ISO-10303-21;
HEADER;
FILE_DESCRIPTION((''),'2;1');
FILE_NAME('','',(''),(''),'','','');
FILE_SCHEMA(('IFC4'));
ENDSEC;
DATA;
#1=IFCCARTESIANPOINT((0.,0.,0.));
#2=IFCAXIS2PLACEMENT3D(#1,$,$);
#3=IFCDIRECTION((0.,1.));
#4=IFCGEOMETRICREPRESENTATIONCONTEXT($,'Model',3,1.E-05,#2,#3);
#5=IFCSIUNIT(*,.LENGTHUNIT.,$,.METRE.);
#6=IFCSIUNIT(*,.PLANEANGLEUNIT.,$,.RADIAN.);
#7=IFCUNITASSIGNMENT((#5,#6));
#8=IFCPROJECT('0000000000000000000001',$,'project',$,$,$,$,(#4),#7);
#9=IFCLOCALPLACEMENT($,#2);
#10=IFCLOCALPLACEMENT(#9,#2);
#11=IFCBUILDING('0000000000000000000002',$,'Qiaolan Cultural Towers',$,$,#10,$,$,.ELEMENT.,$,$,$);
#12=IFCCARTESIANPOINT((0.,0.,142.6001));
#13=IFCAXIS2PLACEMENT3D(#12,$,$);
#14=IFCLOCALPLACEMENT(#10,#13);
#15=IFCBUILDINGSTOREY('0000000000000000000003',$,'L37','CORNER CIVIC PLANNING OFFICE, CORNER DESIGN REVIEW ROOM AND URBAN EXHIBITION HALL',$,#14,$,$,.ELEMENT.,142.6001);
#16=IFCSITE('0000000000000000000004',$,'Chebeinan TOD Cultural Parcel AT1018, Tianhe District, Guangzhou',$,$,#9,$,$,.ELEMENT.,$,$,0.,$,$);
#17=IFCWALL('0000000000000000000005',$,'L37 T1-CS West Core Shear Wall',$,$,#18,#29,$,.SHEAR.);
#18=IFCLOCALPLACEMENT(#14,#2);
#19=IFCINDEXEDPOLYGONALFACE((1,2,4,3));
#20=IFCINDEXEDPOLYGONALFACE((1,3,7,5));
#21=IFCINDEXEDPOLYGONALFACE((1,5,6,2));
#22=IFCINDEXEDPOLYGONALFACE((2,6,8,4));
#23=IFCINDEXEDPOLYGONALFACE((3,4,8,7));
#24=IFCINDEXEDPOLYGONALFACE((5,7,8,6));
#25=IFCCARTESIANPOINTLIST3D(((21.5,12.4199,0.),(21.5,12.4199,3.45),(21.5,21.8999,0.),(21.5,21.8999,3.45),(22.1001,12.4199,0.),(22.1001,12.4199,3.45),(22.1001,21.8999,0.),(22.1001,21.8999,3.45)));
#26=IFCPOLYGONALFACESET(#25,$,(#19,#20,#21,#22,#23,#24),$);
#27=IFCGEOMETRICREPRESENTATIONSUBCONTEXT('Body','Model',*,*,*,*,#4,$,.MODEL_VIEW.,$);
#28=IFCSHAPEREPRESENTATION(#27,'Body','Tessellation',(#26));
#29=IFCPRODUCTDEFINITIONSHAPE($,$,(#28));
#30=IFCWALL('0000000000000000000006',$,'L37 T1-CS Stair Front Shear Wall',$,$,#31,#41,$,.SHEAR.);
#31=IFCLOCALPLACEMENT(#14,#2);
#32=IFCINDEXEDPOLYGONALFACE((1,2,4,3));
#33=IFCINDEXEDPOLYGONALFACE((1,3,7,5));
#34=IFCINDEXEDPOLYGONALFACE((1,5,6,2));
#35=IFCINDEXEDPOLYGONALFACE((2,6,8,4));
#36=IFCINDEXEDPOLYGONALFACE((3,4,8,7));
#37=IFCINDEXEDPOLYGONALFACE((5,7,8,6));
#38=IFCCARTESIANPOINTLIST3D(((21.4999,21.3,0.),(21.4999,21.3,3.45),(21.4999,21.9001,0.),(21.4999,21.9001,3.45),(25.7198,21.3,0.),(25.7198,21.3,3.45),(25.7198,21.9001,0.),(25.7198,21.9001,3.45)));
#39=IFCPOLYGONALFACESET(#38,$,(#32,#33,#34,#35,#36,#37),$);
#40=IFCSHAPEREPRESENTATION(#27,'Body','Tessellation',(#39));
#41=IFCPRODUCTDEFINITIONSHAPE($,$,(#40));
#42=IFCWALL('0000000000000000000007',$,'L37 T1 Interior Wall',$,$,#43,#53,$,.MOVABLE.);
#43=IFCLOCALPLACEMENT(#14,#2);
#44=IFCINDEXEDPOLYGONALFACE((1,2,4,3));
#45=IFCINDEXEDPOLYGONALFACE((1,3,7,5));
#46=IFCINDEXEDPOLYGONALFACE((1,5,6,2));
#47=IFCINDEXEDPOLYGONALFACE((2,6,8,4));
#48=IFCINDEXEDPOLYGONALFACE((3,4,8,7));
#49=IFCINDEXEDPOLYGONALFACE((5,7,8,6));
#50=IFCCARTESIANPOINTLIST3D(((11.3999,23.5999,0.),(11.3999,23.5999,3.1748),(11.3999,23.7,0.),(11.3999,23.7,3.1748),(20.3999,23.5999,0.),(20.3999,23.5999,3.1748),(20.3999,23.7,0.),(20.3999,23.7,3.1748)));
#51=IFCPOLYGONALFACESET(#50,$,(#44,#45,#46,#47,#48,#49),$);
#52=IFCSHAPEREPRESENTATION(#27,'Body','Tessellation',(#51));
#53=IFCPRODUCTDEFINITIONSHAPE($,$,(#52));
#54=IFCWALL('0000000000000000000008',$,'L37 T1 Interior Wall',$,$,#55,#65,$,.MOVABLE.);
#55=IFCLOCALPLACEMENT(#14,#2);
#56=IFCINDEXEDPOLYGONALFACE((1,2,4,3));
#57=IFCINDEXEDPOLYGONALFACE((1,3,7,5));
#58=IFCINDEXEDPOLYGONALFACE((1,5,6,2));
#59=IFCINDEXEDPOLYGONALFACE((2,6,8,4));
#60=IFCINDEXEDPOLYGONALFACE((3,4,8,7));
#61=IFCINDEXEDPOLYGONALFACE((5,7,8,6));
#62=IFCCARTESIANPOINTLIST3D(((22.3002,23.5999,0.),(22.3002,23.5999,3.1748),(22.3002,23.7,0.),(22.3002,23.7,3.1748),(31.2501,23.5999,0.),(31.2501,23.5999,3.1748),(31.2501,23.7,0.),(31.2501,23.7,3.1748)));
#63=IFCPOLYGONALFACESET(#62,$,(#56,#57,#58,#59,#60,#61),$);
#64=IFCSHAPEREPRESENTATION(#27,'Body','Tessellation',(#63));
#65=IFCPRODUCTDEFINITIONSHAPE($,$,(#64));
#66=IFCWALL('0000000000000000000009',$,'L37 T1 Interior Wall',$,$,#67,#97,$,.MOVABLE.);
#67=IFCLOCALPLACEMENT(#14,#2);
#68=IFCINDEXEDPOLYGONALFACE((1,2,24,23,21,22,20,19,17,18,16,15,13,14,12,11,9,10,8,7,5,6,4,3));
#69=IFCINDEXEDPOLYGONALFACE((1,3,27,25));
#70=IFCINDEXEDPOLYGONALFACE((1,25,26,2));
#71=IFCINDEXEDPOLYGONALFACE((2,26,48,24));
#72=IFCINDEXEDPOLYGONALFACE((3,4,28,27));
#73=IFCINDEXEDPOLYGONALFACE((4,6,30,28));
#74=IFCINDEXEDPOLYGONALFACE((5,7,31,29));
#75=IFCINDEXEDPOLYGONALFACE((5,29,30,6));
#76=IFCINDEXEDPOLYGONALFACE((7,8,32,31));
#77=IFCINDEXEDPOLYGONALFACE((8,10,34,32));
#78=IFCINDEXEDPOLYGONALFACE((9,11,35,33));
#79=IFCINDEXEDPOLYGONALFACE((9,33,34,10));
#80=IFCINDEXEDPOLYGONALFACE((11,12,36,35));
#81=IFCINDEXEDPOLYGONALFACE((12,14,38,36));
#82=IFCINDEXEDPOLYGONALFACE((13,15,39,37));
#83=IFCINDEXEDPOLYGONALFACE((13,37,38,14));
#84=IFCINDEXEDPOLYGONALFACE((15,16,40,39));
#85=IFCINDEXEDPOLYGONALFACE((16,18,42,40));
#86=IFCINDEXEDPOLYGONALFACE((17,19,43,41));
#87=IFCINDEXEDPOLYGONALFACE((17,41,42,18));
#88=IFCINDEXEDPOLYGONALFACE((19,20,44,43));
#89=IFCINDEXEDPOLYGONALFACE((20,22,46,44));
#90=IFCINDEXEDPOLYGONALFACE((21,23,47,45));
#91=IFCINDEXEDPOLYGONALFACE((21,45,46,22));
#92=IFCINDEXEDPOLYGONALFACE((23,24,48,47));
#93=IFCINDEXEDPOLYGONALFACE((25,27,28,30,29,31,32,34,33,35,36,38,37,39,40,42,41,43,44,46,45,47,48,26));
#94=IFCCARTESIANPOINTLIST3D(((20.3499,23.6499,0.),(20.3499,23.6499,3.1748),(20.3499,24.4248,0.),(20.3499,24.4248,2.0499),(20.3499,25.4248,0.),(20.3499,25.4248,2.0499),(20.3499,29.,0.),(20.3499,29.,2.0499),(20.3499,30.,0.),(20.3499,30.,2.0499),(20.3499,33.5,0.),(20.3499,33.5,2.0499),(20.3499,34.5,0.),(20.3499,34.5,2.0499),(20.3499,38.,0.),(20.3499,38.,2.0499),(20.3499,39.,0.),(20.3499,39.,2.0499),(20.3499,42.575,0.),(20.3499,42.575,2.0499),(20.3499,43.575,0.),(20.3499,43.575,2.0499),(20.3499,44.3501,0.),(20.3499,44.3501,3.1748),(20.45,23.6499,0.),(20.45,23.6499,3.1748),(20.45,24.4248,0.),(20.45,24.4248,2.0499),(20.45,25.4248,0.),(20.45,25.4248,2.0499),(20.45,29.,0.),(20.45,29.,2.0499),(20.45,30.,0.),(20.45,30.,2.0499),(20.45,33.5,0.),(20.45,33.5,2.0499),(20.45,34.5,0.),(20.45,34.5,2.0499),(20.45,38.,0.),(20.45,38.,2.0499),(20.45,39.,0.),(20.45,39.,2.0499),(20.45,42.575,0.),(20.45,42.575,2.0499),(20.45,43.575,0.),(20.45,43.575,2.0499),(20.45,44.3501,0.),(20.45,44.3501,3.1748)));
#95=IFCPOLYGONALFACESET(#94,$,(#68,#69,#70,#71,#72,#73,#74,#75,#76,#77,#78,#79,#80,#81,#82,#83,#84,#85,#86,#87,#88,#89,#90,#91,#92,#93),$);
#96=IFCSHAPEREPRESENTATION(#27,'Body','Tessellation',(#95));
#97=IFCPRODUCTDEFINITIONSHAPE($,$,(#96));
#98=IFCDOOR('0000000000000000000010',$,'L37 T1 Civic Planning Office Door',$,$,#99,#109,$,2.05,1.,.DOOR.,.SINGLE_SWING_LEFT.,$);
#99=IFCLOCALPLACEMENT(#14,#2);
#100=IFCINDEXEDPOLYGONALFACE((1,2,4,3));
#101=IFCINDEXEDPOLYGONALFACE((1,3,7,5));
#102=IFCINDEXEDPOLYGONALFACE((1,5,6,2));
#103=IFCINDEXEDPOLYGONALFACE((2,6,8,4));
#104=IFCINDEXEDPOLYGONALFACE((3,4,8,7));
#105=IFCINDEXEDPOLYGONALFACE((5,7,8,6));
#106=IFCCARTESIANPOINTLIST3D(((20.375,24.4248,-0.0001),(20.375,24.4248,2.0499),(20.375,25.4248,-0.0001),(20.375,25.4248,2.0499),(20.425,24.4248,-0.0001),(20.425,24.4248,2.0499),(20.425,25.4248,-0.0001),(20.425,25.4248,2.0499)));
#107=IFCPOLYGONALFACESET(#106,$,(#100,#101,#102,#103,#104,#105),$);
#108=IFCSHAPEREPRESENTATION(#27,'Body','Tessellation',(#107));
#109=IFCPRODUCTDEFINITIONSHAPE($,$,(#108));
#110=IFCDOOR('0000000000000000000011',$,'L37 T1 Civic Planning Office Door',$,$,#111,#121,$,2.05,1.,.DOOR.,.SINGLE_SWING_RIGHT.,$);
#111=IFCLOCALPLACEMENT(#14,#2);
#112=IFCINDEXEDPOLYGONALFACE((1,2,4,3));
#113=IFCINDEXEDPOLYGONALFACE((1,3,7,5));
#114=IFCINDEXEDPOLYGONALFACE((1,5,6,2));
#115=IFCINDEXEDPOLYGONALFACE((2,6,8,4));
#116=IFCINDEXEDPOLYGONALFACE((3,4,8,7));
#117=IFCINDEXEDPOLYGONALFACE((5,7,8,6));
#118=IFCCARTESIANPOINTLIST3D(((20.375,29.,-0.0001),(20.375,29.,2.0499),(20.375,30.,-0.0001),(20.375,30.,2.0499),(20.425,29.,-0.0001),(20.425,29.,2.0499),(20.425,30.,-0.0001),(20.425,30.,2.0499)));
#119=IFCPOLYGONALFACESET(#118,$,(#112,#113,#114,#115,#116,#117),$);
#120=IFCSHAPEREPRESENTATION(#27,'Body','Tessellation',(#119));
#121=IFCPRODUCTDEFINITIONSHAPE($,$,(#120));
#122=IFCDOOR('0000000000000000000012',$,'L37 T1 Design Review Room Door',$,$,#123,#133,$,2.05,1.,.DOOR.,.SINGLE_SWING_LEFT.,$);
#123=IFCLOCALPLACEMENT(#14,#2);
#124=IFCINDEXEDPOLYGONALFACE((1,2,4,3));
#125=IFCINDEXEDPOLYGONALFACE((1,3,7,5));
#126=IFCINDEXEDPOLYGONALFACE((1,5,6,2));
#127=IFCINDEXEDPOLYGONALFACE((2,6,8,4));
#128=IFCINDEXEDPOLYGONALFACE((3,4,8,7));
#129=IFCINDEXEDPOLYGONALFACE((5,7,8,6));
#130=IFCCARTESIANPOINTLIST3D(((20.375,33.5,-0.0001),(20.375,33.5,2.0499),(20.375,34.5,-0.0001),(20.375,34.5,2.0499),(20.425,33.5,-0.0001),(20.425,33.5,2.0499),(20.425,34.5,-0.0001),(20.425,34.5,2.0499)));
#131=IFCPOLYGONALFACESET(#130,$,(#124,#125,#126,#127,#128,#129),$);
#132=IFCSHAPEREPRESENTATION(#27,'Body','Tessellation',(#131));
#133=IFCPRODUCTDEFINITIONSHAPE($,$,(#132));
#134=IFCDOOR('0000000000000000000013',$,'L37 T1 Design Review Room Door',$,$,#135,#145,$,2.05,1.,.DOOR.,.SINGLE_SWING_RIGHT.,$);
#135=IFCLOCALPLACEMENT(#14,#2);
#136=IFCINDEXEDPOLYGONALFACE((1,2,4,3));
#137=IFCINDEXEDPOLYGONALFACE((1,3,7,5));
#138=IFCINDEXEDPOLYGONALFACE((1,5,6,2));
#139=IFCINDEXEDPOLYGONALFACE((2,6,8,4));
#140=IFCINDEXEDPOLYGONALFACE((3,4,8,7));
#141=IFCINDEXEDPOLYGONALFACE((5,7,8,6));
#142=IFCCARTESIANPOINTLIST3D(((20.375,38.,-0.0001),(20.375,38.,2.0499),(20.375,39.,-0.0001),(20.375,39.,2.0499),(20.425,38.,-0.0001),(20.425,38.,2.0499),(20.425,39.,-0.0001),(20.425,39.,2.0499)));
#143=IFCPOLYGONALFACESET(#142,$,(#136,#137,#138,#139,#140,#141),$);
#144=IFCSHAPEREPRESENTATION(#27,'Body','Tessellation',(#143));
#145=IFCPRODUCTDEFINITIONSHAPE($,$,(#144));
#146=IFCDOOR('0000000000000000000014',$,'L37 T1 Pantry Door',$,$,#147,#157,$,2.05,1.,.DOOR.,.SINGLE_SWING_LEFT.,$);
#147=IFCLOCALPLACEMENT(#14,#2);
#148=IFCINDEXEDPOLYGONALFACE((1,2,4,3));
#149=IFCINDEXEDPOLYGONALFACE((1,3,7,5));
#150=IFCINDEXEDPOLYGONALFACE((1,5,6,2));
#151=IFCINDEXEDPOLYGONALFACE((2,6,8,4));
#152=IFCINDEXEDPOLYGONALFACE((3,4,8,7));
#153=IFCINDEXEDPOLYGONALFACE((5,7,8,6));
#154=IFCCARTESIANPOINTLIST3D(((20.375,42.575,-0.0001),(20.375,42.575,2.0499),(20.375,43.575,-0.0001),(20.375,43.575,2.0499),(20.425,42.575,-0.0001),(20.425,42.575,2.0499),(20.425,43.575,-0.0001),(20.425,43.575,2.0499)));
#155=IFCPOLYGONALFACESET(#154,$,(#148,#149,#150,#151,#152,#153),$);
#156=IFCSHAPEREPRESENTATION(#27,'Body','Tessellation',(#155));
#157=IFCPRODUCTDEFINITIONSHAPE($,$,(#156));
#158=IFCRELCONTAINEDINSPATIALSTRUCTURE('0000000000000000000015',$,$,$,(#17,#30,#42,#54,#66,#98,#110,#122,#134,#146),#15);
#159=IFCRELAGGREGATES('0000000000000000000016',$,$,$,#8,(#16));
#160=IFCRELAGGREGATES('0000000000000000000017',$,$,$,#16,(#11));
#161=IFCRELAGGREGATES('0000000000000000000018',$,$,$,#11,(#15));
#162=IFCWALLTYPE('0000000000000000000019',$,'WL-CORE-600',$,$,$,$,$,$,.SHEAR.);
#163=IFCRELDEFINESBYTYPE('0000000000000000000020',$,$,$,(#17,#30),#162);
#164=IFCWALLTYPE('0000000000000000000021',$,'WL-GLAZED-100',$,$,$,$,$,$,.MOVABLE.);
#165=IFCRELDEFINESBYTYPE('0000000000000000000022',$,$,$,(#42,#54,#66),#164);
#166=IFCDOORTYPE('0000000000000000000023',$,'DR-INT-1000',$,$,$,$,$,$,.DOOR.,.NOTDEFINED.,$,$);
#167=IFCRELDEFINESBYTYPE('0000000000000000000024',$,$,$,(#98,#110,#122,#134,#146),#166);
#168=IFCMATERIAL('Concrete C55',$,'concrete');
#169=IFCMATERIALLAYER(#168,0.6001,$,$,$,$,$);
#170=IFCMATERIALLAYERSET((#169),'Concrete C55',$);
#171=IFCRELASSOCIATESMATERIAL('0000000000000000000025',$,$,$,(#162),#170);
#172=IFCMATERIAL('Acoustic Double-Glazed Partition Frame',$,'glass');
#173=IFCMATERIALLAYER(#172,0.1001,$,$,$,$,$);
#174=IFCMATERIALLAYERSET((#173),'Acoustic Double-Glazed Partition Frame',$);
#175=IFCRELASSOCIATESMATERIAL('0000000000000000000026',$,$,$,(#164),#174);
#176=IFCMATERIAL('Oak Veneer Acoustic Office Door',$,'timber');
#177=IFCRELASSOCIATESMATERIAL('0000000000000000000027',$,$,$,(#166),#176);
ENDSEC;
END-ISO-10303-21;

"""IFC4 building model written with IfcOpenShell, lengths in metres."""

from ifc_helpers import new_model, si_unit, direction, frame, frame_2d, origin, place, context, subcontext, project, spatial, rectangle, extrude, material, layer, layer_set, type_object, element, fill, save


model = new_model("IFC4")

# Units and contexts
model_context = context("Model", 3, precision=1e-05, world=origin(), true_north=direction((0.0, 1.0)))
body_context = subcontext(model_context, "Body", "Model", "MODEL_VIEW")
ifc_project = project(units=[si_unit("LENGTHUNIT", "METRE"), si_unit("PLANEANGLEUNIT", "RADIAN")], contexts=[model_context])

# Site, building, storey
site_placement = place(None, origin())
site = spatial("IfcSite", under=ifc_project, at=site_placement, Name="Chebeinan TOD Cultural Parcel AT1018, Tianhe District, Guangzhou", CompositionType="ELEMENT", RefElevation=0.0)
building_placement = place(site_placement, origin())
building = spatial("IfcBuilding", under=site, at=building_placement, Name="Qiaolan Cultural Towers", CompositionType="ELEMENT")
storey_placement = place(building_placement, frame((0.0, 0.0, 142.6001)))
storey = spatial("IfcBuildingStorey", under=building, at=storey_placement, Name="L37", Description="CORNER CIVIC PLANNING OFFICE, CORNER DESIGN REVIEW ROOM AND URBAN EXHIBITION HALL", CompositionType="ELEMENT", Elevation=142.6001)

# Walls
ifc_material_1 = material(Name="Concrete C55", Category="concrete")
ifc_layer_1 = layer(ifc_material_1, 0.6001)
ifc_layer_set_1 = layer_set([ifc_layer_1], Name="Concrete C55")
wall_type_1 = type_object("IfcWallType", Name="WL-CORE-600", PredefinedType="SHEAR", material=ifc_layer_set_1)
wall_1_placement = place(storey_placement, frame((21.8, 21.8999, 0.0), z_axis=(0.0, 0.0, 1.0), x_axis=(0.0, -1.0, 0.0)))
element("IfcWall", 1, at=wall_1_placement, inside=storey, type_object=wall_type_1, Name="L37 T1-CS West Core Shear Wall", PredefinedType="SHEAR", context=body_context, shape_type="SweptSolid", body=[
    extrude(rectangle(XDim=9.48, YDim=0.6001, at=frame_2d((4.74, 0.0))), origin(), (0.0, 0.0, 1.0), 3.45),
])
wall_2_placement = place(storey_placement, frame((21.5, 21.6001, 0.0), z_axis=(0.0, 0.0, 1.0), x_axis=(1.0, 0.0, 0.0)))
element("IfcWall", 2, at=wall_2_placement, inside=storey, type_object=wall_type_1, Name="L37 T1-CS Stair Front Shear Wall", PredefinedType="SHEAR", context=body_context, shape_type="SweptSolid", body=[
    extrude(rectangle(XDim=4.22, YDim=0.6001, at=frame_2d((2.1099, 0.0))), origin(), (0.0, 0.0, 1.0), 3.45),
])
ifc_material_2 = material(Name="Acoustic Double-Glazed Partition Frame", Category="glass")
ifc_layer_2 = layer(ifc_material_2, 0.1001)
ifc_layer_set_2 = layer_set([ifc_layer_2], Name="Acoustic Double-Glazed Partition Frame")
wall_type_2 = type_object("IfcWallType", Name="WL-GLAZED-100", PredefinedType="MOVABLE", material=ifc_layer_set_2)
wall_3_placement = place(storey_placement, frame((11.3999, 23.6499, 0.0), z_axis=(0.0, 0.0, 1.0), x_axis=(1.0, 0.0, 0.0)))
element("IfcWall", 3, at=wall_3_placement, inside=storey, type_object=wall_type_2, Name="L37 T1 Interior Wall", PredefinedType="MOVABLE", context=body_context, shape_type="SweptSolid", body=[
    extrude(rectangle(XDim=9.0, YDim=0.1001, at=frame_2d((4.5, 0.0))), origin(), (0.0, 0.0, 1.0), 3.1748),
])
wall_4_placement = place(storey_placement, frame((22.3, 23.6499, 0.0), z_axis=(0.0, 0.0, 1.0), x_axis=(1.0, 0.0, 0.0)))
element("IfcWall", 4, at=wall_4_placement, inside=storey, type_object=wall_type_2, Name="L37 T1 Interior Wall", PredefinedType="MOVABLE", context=body_context, shape_type="SweptSolid", body=[
    extrude(rectangle(XDim=8.95, YDim=0.1001, at=frame_2d((4.4751, 0.0))), origin(), (0.0, 0.0, 1.0), 3.1748),
])

# Wall, openings, doors
wall_5_placement = place(storey_placement, frame((20.3999, 23.6499, 0.0), z_axis=(0.0, 0.0, 1.0), x_axis=(0.0, 1.0, 0.0)))
wall_5 = element("IfcWall", 5, at=wall_5_placement, inside=storey, type_object=wall_type_2, Name="L37 T1 Interior Wall", PredefinedType="MOVABLE", context=body_context, shape_type="SweptSolid", body=[
    extrude(rectangle(XDim=20.7002, YDim=0.1001, at=frame_2d((10.3501, 0.0))), origin(), (0.0, 0.0, 1.0), 3.1748),
])
opening_1_placement = place(wall_5_placement, frame((0.7749, 0.0, 0.0)))
opening_1 = element("IfcOpeningElement", 6, at=opening_1_placement, cuts=wall_5, PredefinedType="OPENING", context=body_context, shape_type="SweptSolid", body=[
    extrude(rectangle(XDim=1.0, YDim=2.05, at=frame_2d((0.5, 1.0249))), frame((0.0, 0.0601, 0.0), z_axis=(0.0, -1.0, 0.0), x_axis=(1.0, 0.0, 0.0)), (0.0, 0.0, 1.0), 0.1201),
])
opening_2_placement = place(wall_5_placement, frame((5.3501, 0.0, 0.0)))
opening_2 = element("IfcOpeningElement", 7, at=opening_2_placement, cuts=wall_5, PredefinedType="OPENING", context=body_context, shape_type="SweptSolid", body=[
    extrude(rectangle(XDim=1.0, YDim=2.05, at=frame_2d((0.5, 1.0249))), frame((0.0, 0.0601, 0.0), z_axis=(0.0, -1.0, 0.0), x_axis=(1.0, 0.0, 0.0)), (0.0, 0.0, 1.0), 0.1201),
])
opening_3_placement = place(wall_5_placement, frame((9.8501, 0.0, 0.0)))
opening_3 = element("IfcOpeningElement", 8, at=opening_3_placement, cuts=wall_5, PredefinedType="OPENING", context=body_context, shape_type="SweptSolid", body=[
    extrude(rectangle(XDim=1.0, YDim=2.05, at=frame_2d((0.5, 1.0249))), frame((0.0, 0.0601, 0.0), z_axis=(0.0, -1.0, 0.0), x_axis=(1.0, 0.0, 0.0)), (0.0, 0.0, 1.0), 0.1201),
])
opening_4_placement = place(wall_5_placement, frame((14.3501, 0.0, 0.0)))
opening_4 = element("IfcOpeningElement", 9, at=opening_4_placement, cuts=wall_5, PredefinedType="OPENING", context=body_context, shape_type="SweptSolid", body=[
    extrude(rectangle(XDim=1.0, YDim=2.05, at=frame_2d((0.5, 1.0249))), frame((0.0, 0.0601, 0.0), z_axis=(0.0, -1.0, 0.0), x_axis=(1.0, 0.0, 0.0)), (0.0, 0.0, 1.0), 0.1201),
])
opening_5_placement = place(wall_5_placement, frame((18.925, 0.0, 0.0)))
opening_5 = element("IfcOpeningElement", 10, at=opening_5_placement, cuts=wall_5, PredefinedType="OPENING", context=body_context, shape_type="SweptSolid", body=[
    extrude(rectangle(XDim=1.0, YDim=2.05, at=frame_2d((0.5, 1.0249))), frame((0.0, 0.0601, 0.0), z_axis=(0.0, -1.0, 0.0), x_axis=(1.0, 0.0, 0.0)), (0.0, 0.0, 1.0), 0.1201),
])
ifc_material_3 = material(Name="Oak Veneer Acoustic Office Door", Category="timber")
door_type_1 = type_object("IfcDoorType", Name="DR-INT-1000", OperationType="NOTDEFINED", PredefinedType="DOOR", material=ifc_material_3)
door_1_placement = place(opening_1_placement, origin())
door_1 = element("IfcDoor", 11, at=door_1_placement, inside=storey, type_object=door_type_1, Name="L37 T1 Civic Planning Office Door", OperationType="SINGLE_SWING_LEFT", OverallHeight=2.05, OverallWidth=1.0, PredefinedType="DOOR", context=body_context, shape_type="SweptSolid", body=[
    extrude(rectangle(XDim=1.0, YDim=2.05, at=frame_2d((0.5, 1.0249))), frame((0.0, 0.0249, 0.0), z_axis=(0.0, -1.0, 0.0), x_axis=(1.0, 0.0, 0.0)), (0.0, 0.0, 1.0), 0.05),
])
fill(opening_1, door_1)
door_2_placement = place(opening_2_placement, origin())
door_2 = element("IfcDoor", 12, at=door_2_placement, inside=storey, type_object=door_type_1, Name="L37 T1 Civic Planning Office Door", OperationType="SINGLE_SWING_RIGHT", OverallHeight=2.05, OverallWidth=1.0, PredefinedType="DOOR", context=body_context, shape_type="SweptSolid", body=[
    extrude(rectangle(XDim=1.0, YDim=2.05, at=frame_2d((0.5, 1.0249))), frame((0.0, 0.0249, 0.0), z_axis=(0.0, -1.0, 0.0), x_axis=(1.0, 0.0, 0.0)), (0.0, 0.0, 1.0), 0.05),
])
fill(opening_2, door_2)
door_3_placement = place(opening_3_placement, origin())
door_3 = element("IfcDoor", 13, at=door_3_placement, inside=storey, type_object=door_type_1, Name="L37 T1 Design Review Room Door", OperationType="SINGLE_SWING_LEFT", OverallHeight=2.05, OverallWidth=1.0, PredefinedType="DOOR", context=body_context, shape_type="SweptSolid", body=[
    extrude(rectangle(XDim=1.0, YDim=2.05, at=frame_2d((0.5, 1.0249))), frame((0.0, 0.0249, 0.0), z_axis=(0.0, -1.0, 0.0), x_axis=(1.0, 0.0, 0.0)), (0.0, 0.0, 1.0), 0.05),
])
fill(opening_3, door_3)
door_4_placement = place(opening_4_placement, origin())
door_4 = element("IfcDoor", 14, at=door_4_placement, inside=storey, type_object=door_type_1, Name="L37 T1 Design Review Room Door", OperationType="SINGLE_SWING_RIGHT", OverallHeight=2.05, OverallWidth=1.0, PredefinedType="DOOR", context=body_context, shape_type="SweptSolid", body=[
    extrude(rectangle(XDim=1.0, YDim=2.05, at=frame_2d((0.5, 1.0249))), frame((0.0, 0.0249, 0.0), z_axis=(0.0, -1.0, 0.0), x_axis=(1.0, 0.0, 0.0)), (0.0, 0.0, 1.0), 0.05),
])
fill(opening_4, door_4)
door_5_placement = place(opening_5_placement, origin())
door_5 = element("IfcDoor", 15, at=door_5_placement, inside=storey, type_object=door_type_1, Name="L37 T1 Pantry Door", OperationType="SINGLE_SWING_LEFT", OverallHeight=2.05, OverallWidth=1.0, PredefinedType="DOOR", context=body_context, shape_type="SweptSolid", body=[
    extrude(rectangle(XDim=1.0, YDim=2.05, at=frame_2d((0.5, 1.0249))), frame((0.0, 0.0249, 0.0), z_axis=(0.0, -1.0, 0.0), x_axis=(1.0, 0.0, 0.0)), (0.0, 0.0, 1.0), 0.05),
])
fill(opening_5, door_5)

save(model, "model.ifc")
